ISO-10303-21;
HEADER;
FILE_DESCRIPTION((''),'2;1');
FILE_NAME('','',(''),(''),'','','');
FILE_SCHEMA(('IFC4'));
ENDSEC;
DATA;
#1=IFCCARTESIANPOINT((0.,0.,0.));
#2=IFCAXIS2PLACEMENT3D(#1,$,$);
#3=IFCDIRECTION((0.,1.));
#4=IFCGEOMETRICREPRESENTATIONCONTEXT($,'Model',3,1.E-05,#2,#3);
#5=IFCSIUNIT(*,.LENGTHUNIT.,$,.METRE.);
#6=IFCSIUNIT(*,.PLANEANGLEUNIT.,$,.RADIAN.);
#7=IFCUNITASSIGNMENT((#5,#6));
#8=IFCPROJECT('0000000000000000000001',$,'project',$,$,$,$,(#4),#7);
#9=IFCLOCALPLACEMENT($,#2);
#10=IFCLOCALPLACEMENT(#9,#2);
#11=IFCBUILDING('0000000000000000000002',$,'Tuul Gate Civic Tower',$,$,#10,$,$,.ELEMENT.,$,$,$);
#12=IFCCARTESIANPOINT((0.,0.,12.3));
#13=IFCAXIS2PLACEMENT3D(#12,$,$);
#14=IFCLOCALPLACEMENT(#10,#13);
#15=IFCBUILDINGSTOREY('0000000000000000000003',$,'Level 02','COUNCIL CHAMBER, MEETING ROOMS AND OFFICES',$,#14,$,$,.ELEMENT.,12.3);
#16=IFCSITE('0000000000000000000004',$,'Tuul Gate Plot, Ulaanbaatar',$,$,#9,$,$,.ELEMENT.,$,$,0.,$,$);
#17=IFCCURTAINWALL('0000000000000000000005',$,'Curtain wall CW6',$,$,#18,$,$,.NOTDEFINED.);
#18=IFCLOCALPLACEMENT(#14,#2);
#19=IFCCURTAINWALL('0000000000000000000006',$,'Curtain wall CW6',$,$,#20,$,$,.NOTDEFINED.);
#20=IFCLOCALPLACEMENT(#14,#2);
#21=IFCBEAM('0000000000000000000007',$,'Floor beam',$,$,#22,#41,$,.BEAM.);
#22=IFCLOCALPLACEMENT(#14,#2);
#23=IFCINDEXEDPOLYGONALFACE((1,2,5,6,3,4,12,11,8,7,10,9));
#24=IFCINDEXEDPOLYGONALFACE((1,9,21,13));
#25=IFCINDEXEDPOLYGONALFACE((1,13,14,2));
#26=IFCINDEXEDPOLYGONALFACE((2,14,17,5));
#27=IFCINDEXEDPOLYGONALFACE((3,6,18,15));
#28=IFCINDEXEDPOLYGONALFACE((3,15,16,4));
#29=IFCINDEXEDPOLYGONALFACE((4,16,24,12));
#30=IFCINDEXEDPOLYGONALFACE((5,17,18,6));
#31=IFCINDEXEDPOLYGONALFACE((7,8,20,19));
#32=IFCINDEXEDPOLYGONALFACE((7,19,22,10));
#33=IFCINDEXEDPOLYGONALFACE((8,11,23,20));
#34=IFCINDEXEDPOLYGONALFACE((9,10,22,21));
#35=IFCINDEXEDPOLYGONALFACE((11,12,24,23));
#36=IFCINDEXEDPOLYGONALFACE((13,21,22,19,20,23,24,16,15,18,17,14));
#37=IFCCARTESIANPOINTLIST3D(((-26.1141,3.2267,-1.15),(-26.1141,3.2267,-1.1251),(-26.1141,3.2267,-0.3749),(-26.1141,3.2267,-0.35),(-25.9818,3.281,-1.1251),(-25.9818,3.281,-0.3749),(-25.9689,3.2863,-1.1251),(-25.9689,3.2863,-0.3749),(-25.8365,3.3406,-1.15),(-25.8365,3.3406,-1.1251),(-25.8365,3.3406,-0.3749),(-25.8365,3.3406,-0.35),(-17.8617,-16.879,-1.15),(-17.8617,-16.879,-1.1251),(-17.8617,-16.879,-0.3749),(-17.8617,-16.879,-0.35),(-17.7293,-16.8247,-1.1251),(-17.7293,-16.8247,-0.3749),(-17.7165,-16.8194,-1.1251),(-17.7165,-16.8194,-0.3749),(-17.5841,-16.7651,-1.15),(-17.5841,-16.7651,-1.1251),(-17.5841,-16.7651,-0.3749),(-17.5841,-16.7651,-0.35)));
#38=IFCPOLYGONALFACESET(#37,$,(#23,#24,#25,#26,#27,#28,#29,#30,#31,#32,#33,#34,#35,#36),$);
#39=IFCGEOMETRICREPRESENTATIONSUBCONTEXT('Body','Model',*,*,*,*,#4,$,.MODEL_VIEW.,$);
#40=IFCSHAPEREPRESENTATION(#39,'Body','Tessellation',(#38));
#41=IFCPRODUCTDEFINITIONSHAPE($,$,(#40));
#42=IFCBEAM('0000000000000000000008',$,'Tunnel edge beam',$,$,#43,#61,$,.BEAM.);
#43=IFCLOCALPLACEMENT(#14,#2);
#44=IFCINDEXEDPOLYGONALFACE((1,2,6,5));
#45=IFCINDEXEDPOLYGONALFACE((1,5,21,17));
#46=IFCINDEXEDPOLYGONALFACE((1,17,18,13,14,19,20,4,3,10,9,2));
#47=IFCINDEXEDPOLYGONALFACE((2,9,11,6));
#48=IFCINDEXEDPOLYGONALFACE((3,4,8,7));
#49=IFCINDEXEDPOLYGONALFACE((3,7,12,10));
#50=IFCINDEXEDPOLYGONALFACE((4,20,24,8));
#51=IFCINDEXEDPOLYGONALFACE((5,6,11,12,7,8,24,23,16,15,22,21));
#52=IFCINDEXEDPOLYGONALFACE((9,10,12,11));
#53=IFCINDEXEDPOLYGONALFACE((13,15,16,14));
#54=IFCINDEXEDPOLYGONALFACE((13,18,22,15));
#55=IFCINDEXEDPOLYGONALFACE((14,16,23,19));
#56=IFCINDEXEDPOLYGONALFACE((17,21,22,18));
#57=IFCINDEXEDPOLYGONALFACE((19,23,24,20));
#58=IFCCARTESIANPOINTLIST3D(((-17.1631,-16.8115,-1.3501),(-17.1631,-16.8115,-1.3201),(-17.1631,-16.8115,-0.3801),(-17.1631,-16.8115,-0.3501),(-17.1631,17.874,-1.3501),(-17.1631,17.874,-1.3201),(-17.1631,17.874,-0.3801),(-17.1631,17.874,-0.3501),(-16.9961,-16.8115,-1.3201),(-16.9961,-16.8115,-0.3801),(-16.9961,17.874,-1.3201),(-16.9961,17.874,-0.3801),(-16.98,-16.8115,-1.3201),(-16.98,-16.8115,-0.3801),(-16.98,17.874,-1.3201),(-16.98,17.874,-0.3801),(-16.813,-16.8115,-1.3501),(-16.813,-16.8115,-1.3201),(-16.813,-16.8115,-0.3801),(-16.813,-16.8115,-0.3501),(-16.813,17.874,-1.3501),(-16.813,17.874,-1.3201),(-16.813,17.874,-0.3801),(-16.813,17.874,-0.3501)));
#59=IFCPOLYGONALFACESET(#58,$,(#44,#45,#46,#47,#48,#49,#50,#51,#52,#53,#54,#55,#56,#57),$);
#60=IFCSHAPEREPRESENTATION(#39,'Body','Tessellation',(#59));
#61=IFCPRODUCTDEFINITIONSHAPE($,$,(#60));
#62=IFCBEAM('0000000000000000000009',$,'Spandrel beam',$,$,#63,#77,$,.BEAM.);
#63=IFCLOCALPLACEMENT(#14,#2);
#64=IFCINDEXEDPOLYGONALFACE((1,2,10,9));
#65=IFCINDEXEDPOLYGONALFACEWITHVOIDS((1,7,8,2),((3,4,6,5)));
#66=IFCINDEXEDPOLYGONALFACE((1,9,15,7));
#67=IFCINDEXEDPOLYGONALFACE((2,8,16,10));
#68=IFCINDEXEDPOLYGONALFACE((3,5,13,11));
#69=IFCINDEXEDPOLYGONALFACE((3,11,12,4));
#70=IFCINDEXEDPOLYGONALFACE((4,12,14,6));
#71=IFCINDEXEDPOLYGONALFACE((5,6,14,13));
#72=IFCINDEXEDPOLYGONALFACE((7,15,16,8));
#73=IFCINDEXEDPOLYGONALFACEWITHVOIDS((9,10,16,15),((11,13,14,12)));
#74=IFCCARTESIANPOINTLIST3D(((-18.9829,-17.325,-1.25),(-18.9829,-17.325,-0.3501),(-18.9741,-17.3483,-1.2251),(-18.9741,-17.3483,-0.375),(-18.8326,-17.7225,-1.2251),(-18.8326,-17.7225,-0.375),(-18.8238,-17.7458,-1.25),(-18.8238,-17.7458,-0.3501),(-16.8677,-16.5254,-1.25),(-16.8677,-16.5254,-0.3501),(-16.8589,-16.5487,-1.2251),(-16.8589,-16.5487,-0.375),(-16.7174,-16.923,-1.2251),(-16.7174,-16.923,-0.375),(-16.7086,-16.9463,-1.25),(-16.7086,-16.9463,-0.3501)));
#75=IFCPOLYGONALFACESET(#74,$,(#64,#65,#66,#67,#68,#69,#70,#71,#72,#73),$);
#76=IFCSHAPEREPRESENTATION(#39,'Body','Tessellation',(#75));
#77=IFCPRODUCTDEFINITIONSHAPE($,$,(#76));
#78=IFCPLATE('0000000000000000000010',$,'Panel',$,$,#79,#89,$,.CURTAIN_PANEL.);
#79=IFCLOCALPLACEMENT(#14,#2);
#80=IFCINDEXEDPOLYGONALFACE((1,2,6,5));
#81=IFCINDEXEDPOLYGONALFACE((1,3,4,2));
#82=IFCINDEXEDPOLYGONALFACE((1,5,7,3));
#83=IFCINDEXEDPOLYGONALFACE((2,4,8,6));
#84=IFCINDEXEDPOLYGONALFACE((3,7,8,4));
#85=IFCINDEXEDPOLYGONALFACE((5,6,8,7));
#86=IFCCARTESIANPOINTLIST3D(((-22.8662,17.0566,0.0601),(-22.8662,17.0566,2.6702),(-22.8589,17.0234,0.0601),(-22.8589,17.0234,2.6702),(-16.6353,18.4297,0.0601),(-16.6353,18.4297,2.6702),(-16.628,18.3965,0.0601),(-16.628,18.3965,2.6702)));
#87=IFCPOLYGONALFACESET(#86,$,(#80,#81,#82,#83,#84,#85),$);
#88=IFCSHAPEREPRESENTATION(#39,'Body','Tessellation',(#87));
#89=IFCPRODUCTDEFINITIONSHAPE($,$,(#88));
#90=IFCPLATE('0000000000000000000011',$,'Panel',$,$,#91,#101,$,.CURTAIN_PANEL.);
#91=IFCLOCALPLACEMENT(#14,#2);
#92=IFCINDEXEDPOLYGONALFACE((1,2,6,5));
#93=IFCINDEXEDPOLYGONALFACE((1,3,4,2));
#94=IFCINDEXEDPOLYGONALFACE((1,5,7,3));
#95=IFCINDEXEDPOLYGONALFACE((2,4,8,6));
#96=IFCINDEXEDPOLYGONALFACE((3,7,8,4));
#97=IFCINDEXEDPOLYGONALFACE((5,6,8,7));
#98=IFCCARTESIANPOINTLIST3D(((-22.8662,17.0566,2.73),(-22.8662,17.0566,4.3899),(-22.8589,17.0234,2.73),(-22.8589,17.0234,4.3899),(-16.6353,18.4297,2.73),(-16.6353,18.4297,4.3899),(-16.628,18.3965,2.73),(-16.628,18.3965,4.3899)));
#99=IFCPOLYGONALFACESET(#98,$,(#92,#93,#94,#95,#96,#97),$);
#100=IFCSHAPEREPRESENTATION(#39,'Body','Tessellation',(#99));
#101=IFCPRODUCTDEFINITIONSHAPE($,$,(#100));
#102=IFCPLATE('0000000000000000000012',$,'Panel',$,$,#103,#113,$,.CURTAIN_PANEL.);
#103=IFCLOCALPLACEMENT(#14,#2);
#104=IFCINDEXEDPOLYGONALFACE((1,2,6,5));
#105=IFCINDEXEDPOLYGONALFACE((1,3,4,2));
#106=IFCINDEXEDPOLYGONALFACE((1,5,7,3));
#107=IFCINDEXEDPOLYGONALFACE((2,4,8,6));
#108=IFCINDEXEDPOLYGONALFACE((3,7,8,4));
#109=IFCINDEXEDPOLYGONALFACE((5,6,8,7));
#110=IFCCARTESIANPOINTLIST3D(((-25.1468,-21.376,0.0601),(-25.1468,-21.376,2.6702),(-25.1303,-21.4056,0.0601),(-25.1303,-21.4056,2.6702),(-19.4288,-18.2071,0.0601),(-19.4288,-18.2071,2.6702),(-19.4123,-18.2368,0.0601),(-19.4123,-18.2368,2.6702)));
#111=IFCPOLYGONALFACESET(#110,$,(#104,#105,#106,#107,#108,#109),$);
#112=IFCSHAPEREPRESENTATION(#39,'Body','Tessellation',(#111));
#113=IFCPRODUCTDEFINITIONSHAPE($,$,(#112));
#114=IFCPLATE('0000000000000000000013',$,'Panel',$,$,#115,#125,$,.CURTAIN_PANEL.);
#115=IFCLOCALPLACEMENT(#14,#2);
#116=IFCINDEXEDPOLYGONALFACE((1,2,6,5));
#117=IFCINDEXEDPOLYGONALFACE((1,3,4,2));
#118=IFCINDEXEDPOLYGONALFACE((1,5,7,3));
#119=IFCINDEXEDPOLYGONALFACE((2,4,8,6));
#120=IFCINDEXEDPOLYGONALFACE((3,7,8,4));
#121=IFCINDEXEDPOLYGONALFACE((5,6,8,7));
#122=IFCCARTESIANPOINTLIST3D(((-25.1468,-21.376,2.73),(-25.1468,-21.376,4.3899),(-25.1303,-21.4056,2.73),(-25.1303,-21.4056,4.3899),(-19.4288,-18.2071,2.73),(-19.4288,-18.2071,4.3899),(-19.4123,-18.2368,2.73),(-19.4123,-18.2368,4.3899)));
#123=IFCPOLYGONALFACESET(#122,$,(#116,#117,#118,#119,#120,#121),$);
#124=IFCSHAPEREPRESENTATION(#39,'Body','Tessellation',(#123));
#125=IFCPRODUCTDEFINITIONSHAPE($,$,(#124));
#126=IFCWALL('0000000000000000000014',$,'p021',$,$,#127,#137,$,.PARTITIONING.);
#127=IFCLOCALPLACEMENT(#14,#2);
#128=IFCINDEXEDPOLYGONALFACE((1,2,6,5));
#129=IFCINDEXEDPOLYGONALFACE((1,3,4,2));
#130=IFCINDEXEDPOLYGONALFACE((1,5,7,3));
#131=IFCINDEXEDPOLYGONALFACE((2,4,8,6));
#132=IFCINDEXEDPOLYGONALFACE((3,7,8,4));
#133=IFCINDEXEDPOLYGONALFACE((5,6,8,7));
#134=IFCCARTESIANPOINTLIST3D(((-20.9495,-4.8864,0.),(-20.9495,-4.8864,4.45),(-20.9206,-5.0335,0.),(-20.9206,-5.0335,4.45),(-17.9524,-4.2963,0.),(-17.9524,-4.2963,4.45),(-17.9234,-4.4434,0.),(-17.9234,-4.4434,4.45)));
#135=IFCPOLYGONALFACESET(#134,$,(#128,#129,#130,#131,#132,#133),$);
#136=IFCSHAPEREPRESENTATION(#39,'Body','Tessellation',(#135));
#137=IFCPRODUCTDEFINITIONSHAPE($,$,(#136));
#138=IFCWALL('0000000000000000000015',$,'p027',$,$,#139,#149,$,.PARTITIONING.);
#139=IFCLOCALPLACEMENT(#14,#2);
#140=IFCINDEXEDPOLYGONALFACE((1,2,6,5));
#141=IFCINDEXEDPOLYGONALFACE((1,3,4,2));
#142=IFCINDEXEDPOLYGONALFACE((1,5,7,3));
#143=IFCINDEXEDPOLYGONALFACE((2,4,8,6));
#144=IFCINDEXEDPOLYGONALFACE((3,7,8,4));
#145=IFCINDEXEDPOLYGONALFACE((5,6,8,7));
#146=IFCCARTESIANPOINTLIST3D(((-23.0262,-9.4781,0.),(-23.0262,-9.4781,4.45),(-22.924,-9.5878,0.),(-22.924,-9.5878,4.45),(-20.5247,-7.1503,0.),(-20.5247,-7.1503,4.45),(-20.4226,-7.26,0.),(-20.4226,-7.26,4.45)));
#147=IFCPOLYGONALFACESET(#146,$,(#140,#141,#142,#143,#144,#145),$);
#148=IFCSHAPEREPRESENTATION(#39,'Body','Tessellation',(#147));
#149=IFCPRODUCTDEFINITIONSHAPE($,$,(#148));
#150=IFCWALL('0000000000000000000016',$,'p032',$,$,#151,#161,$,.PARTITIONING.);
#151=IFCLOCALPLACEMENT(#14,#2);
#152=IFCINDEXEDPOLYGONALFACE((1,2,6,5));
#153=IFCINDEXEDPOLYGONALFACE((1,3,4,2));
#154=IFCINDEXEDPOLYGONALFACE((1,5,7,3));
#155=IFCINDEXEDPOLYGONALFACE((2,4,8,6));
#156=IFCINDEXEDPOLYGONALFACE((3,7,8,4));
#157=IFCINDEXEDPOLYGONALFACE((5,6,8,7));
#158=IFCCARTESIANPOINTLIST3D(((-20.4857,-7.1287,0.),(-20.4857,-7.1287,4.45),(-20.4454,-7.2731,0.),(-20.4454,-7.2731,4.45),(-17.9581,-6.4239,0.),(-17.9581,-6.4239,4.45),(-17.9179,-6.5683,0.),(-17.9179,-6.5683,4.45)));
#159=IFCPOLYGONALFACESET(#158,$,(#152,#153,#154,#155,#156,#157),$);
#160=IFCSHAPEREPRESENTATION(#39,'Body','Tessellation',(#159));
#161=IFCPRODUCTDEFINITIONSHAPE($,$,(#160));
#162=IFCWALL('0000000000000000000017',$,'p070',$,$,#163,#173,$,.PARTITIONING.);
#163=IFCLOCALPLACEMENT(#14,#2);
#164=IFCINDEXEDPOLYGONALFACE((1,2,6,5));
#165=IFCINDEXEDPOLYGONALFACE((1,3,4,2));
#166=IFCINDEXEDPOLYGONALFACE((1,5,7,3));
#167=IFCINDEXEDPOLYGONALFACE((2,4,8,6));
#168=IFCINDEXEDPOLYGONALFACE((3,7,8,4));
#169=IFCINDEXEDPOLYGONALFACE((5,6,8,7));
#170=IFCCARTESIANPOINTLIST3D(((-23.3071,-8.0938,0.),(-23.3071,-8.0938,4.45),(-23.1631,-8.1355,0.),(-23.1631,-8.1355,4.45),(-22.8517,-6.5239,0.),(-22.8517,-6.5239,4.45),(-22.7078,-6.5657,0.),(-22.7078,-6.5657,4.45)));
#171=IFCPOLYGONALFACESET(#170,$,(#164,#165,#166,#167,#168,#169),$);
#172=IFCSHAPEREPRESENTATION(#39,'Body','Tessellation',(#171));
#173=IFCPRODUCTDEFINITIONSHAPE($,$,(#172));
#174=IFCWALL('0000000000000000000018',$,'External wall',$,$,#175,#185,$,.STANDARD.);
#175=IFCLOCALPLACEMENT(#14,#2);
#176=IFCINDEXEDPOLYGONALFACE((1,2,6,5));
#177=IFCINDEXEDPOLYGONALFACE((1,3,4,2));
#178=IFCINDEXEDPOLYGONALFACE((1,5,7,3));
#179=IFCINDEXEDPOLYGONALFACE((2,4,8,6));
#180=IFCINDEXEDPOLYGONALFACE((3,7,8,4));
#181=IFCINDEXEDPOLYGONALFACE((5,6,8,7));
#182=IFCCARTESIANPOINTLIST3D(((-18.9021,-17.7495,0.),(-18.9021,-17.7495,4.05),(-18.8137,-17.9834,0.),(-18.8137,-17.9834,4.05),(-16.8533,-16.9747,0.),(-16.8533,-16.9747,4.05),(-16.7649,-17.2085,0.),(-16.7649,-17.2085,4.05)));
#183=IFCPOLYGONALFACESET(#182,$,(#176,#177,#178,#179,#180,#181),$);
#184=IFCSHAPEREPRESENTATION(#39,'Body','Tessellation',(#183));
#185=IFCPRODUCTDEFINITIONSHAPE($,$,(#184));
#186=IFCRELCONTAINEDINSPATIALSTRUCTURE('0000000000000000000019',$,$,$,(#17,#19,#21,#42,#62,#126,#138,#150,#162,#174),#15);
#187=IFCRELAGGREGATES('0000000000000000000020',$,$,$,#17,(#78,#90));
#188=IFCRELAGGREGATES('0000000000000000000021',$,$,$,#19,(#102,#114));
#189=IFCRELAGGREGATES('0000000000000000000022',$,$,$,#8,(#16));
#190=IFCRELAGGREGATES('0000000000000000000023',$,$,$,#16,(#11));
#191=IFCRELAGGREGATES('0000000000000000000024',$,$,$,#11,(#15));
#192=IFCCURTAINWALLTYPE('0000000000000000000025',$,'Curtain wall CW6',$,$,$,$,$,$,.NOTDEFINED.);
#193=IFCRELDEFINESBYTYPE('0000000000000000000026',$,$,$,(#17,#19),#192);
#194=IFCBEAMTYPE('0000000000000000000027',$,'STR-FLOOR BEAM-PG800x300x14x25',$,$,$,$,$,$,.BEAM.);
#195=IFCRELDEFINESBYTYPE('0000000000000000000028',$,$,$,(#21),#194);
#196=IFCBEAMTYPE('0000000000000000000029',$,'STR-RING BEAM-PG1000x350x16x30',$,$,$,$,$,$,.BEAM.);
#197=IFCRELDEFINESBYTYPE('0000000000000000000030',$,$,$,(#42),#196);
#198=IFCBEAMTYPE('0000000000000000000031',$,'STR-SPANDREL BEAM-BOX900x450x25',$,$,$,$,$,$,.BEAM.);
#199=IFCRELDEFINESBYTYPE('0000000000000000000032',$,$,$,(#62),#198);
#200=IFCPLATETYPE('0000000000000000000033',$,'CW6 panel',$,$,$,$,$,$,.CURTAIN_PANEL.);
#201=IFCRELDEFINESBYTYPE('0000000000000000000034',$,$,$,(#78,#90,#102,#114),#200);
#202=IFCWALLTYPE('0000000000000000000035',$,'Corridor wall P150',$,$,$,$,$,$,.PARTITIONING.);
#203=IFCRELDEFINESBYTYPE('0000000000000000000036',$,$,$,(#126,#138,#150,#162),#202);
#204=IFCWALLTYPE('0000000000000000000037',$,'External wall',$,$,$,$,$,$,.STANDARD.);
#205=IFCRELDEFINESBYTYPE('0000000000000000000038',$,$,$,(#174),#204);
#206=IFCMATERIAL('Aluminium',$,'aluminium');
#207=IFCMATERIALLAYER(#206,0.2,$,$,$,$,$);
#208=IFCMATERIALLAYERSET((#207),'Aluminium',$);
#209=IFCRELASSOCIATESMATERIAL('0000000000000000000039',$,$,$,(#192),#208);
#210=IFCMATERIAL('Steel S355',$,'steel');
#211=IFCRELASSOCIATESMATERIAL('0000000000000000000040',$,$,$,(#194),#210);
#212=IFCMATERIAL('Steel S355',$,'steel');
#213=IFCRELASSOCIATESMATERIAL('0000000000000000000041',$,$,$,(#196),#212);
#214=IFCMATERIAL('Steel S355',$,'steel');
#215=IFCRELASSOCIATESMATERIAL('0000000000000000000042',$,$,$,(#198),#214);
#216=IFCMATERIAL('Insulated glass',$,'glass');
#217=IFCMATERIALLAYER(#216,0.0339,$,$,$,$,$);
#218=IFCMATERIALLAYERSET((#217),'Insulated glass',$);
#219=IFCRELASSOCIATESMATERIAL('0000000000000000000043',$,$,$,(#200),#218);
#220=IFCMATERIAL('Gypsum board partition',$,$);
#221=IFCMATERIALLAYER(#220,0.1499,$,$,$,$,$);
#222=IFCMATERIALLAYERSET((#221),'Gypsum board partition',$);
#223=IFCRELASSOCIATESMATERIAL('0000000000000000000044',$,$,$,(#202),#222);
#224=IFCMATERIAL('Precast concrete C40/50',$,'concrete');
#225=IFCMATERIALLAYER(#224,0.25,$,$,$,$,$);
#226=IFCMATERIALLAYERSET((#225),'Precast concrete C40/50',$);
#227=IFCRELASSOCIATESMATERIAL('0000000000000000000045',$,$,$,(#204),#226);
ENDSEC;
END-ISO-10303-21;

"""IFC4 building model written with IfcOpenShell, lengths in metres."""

from ifc_helpers import new_model, si_unit, direction, frame, frame_2d, origin, origin_2d, place, context, subcontext, project, spatial, rectangle, hollow_rectangle, i_section, extrude, material, layer, layer_set, material_profile, profile_set, type_object, element, aggregate, save


model = new_model("IFC4")

# Units and contexts
model_context = context("Model", 3, precision=1e-05, world=origin(), true_north=direction((0.0, 1.0)))
body_context = subcontext(model_context, "Body", "Model", "MODEL_VIEW")
ifc_project = project(units=[si_unit("LENGTHUNIT", "METRE"), si_unit("PLANEANGLEUNIT", "RADIAN")], contexts=[model_context])

# Site, building, storey
site_placement = place(None, origin())
site = spatial("IfcSite", under=ifc_project, at=site_placement, Name="Tuul Gate Plot, Ulaanbaatar", CompositionType="ELEMENT", RefElevation=0.0)
building_placement = place(site_placement, origin())
building = spatial("IfcBuilding", under=site, at=building_placement, Name="Tuul Gate Civic Tower", CompositionType="ELEMENT")
storey_placement = place(building_placement, frame((0.0, 0.0, 12.3)))
storey = spatial("IfcBuildingStorey", under=building, at=storey_placement, Name="Level 02", Description="COUNCIL CHAMBER, MEETING ROOMS AND OFFICES", CompositionType="ELEMENT", Elevation=12.3)

# Curtain walls
ifc_material_1 = material(Name="Aluminium", Category="aluminium")
ifc_layer_1 = layer(ifc_material_1, 0.2)
ifc_layer_set_1 = layer_set([ifc_layer_1], Name="Aluminium")
curtain_wall_type = type_object("IfcCurtainWallType", Name="Curtain wall CW6", PredefinedType="NOTDEFINED", material=ifc_layer_set_1)
curtain_wall_1_placement = place(storey_placement, origin())
curtain_wall_1 = element("IfcCurtainWall", 1, at=curtain_wall_1_placement, inside=storey, type_object=curtain_wall_type, Name="Curtain wall CW6", PredefinedType="NOTDEFINED")
curtain_wall_2_placement = place(storey_placement, origin())
curtain_wall_2 = element("IfcCurtainWall", 2, at=curtain_wall_2_placement, inside=storey, type_object=curtain_wall_type, Name="Curtain wall CW6", PredefinedType="NOTDEFINED")

# Beams
ifc_material_2 = material(Name="Steel S355", Category="steel")
ifc_material_profile_1 = material_profile(ifc_material_2, i_section(OverallWidth=0.3, OverallDepth=0.8, WebThickness=0.0139, FlangeThickness=0.0249, at=origin_2d()), Name="PG800x300x14x25")
ifc_profile_set_1 = profile_set([ifc_material_profile_1], Name="Steel S355")
beam_type_1 = type_object("IfcBeamType", Name="STR-FLOOR BEAM-PG800x300x14x25", PredefinedType="BEAM", material=ifc_profile_set_1)
beam_1_placement = place(storey_placement, frame((-17.7229, -16.822, -0.75), z_axis=(-0.379712, 0.925105, 0.0), x_axis=(-0.925105, -0.379712, 0.0)))
element("IfcBeam", 3, at=beam_1_placement, inside=storey, type_object=beam_type_1, Name="Floor beam", PredefinedType="BEAM", context=body_context, shape_type="SweptSolid", body=[
    extrude(i_section(OverallWidth=0.3, OverallDepth=0.8, WebThickness=0.0139, FlangeThickness=0.0249, at=origin_2d()), origin(), (0.0, 0.0, 1.0), 21.7334),
])
ifc_material_3 = material(Name="Steel S355", Category="steel")
ifc_material_profile_2 = material_profile(ifc_material_3, i_section(OverallWidth=0.3501, OverallDepth=1.0, WebThickness=0.0161, FlangeThickness=0.03, at=origin_2d()), Name="PG1000x350x16x30")
ifc_profile_set_2 = profile_set([ifc_material_profile_2], Name="Steel S355")
beam_type_2 = type_object("IfcBeamType", Name="STR-RING BEAM-PG1000x350x16x30", PredefinedType="BEAM", material=ifc_profile_set_2)
beam_2_placement = place(storey_placement, frame((-16.988, -16.8115, -0.8501), z_axis=(0.0, 1.0, 0.0), x_axis=(-1.0, 0.0, 0.0)))
element("IfcBeam", 4, at=beam_2_placement, inside=storey, type_object=beam_type_2, Name="Tunnel edge beam", PredefinedType="BEAM", context=body_context, shape_type="SweptSolid", body=[
    extrude(i_section(OverallWidth=0.3501, OverallDepth=1.0, WebThickness=0.0161, FlangeThickness=0.03, at=origin_2d()), origin(), (0.0, 0.0, 1.0), 34.6855),
])
ifc_material_4 = material(Name="Steel S355", Category="steel")
ifc_material_profile_3 = material_profile(ifc_material_4, hollow_rectangle(XDim=0.45, YDim=0.8999, WallThickness=0.0249, at=origin_2d()), Name="BOX900x450x25")
ifc_profile_set_3 = profile_set([ifc_material_profile_3], Name="Steel S355")
beam_type_3 = type_object("IfcBeamType", Name="STR-SPANDREL BEAM-BOX900x450x25", PredefinedType="BEAM", material=ifc_profile_set_3)
beam_3_placement = place(storey_placement, frame((-18.9033, -17.5354, -0.8), z_axis=(0.935403, 0.353583, 0.0), x_axis=(-0.353583, 0.935403, 0.0)))
element("IfcBeam", 5, at=beam_3_placement, inside=storey, type_object=beam_type_3, Name="Spandrel beam", PredefinedType="BEAM", context=body_context, shape_type="SweptSolid", body=[
    extrude(hollow_rectangle(XDim=0.45, YDim=0.8999, WallThickness=0.0249, at=origin_2d()), origin(), (0.0, 0.0, 1.0), 2.2612),
])

# Plates
ifc_material_5 = material(Name="Insulated glass", Category="glass")
ifc_layer_2 = layer(ifc_material_5, 0.0339)
ifc_layer_set_2 = layer_set([ifc_layer_2], Name="Insulated glass")
plate_type = type_object("IfcPlateType", Name="CW6 panel", PredefinedType="CURTAIN_PANEL", material=ifc_layer_set_2)
plate_1_placement = place(storey_placement, frame((-19.7471, 17.7266, 0.0601), z_axis=(0.0, 0.0, 1.0), x_axis=(-0.976569, -0.215207, 0.0)))
plate_1 = element("IfcPlate", 6, at=plate_1_placement, type_object=plate_type, Name="Panel", PredefinedType="CURTAIN_PANEL", context=body_context, shape_type="SweptSolid", body=[
    extrude(rectangle(XDim=6.3804, YDim=0.0339, at=origin_2d()), origin(), (0.0, 0.0, 1.0), 2.6101),
])
plate_2_placement = place(storey_placement, frame((-19.7471, 17.7266, 2.73), z_axis=(0.0, 0.0, 1.0), x_axis=(-0.976569, -0.215207, 0.0)))
plate_2 = element("IfcPlate", 7, at=plate_2_placement, type_object=plate_type, Name="Panel", PredefinedType="CURTAIN_PANEL", context=body_context, shape_type="SweptSolid", body=[
    extrude(rectangle(XDim=6.3804, YDim=0.0339, at=origin_2d()), origin(), (0.0, 0.0, 1.0), 1.6599),
])
aggregate(curtain_wall_1, [plate_1, plate_2])
plate_3_placement = place(storey_placement, frame((-22.2795, -19.8064, 0.0601), z_axis=(0.0, 0.0, 1.0), x_axis=(0.874667, 0.484724, 0.0)))
plate_3 = element("IfcPlate", 8, at=plate_3_placement, type_object=plate_type, Name="Panel", PredefinedType="CURTAIN_PANEL", context=body_context, shape_type="SweptSolid", body=[
    extrude(rectangle(XDim=6.5374, YDim=0.0339, at=origin_2d()), origin(), (0.0, 0.0, 1.0), 2.6101),
])
plate_4_placement = place(storey_placement, frame((-22.2795, -19.8064, 2.73), z_axis=(0.0, 0.0, 1.0), x_axis=(0.874667, 0.484724, 0.0)))
plate_4 = element("IfcPlate", 9, at=plate_4_placement, type_object=plate_type, Name="Panel", PredefinedType="CURTAIN_PANEL", context=body_context, shape_type="SweptSolid", body=[
    extrude(rectangle(XDim=6.5374, YDim=0.0339, at=origin_2d()), origin(), (0.0, 0.0, 1.0), 1.6599),
])
aggregate(curtain_wall_2, [plate_3, plate_4])

# Walls
ifc_material_6 = material(Name="Gypsum board partition")
ifc_layer_3 = layer(ifc_material_6, 0.1499)
ifc_layer_set_3 = layer_set([ifc_layer_3], Name="Gypsum board partition")
wall_type_1 = type_object("IfcWallType", Name="Corridor wall P150", PredefinedType="PARTITIONING", material=ifc_layer_set_3)
wall_1_placement = place(storey_placement, frame((-20.9351, -4.96, 0.0), z_axis=(0.0, 0.0, 1.0), x_axis=(0.981163, 0.19318, 0.0)))
element("IfcWall", 10, at=wall_1_placement, inside=storey, type_object=wall_type_1, Name="p021", PredefinedType="PARTITIONING", context=body_context, shape_type="SweptSolid", body=[
    extrude(rectangle(XDim=3.0547, YDim=0.1499, at=frame_2d((1.5273, 0.0))), origin(), (0.0, 0.0, 1.0), 4.45),
])
wall_2_placement = place(storey_placement, frame((-22.9751, -9.533, 0.0), z_axis=(0.0, 0.0, 1.0), x_axis=(0.73205, 0.681251, 0.0)))
element("IfcWall", 11, at=wall_2_placement, inside=storey, type_object=wall_type_1, Name="p027", PredefinedType="PARTITIONING", context=body_context, shape_type="SweptSolid", body=[
    extrude(rectangle(XDim=3.417, YDim=0.1499, at=frame_2d((1.7085, 0.0))), origin(), (0.0, 0.0, 1.0), 4.45),
])
wall_3_placement = place(storey_placement, frame((-20.4656, -7.2009, 0.0), z_axis=(0.0, 0.0, 1.0), x_axis=(0.96325, 0.268608, 0.0)))
element("IfcWall", 12, at=wall_3_placement, inside=storey, type_object=wall_type_1, Name="p032", PredefinedType="PARTITIONING", context=body_context, shape_type="SweptSolid", body=[
    extrude(rectangle(XDim=2.624, YDim=0.1499, at=frame_2d((1.312, 0.0))), origin(), (0.0, 0.0, 1.0), 4.45),
])
wall_4_placement = place(storey_placement, frame((-23.2351, -8.1147, 0.0), z_axis=(0.0, 0.0, 1.0), x_axis=(0.278566, 0.960417, 0.0)))
element("IfcWall", 13, at=wall_4_placement, inside=storey, type_object=wall_type_1, Name="p070", PredefinedType="PARTITIONING", context=body_context, shape_type="SweptSolid", body=[
    extrude(rectangle(XDim=1.6345, YDim=0.1499, at=frame_2d((0.8174, 0.0))), origin(), (0.0, 0.0, 1.0), 4.45),
])
ifc_material_7 = material(Name="Precast concrete C40/50", Category="concrete")
ifc_layer_4 = layer(ifc_material_7, 0.25)
ifc_layer_set_4 = layer_set([ifc_layer_4], Name="Precast concrete C40/50")
wall_type_2 = type_object("IfcWallType", Name="External wall", PredefinedType="STANDARD", material=ifc_layer_set_4)
wall_5_placement = place(storey_placement, frame((-18.8579, -17.8665, 0.0), z_axis=(0.0, 0.0, 1.0), x_axis=(0.935336, 0.35376, 0.0)))
element("IfcWall", 14, at=wall_5_placement, inside=storey, type_object=wall_type_2, Name="External wall", PredefinedType="STANDARD", context=body_context, shape_type="SweptSolid", body=[
    extrude(rectangle(XDim=2.1904, YDim=0.25, at=frame_2d((1.0952, 0.0))), origin(), (0.0, 0.0, 1.0), 4.05),
])

save(model, "model.ifc")
